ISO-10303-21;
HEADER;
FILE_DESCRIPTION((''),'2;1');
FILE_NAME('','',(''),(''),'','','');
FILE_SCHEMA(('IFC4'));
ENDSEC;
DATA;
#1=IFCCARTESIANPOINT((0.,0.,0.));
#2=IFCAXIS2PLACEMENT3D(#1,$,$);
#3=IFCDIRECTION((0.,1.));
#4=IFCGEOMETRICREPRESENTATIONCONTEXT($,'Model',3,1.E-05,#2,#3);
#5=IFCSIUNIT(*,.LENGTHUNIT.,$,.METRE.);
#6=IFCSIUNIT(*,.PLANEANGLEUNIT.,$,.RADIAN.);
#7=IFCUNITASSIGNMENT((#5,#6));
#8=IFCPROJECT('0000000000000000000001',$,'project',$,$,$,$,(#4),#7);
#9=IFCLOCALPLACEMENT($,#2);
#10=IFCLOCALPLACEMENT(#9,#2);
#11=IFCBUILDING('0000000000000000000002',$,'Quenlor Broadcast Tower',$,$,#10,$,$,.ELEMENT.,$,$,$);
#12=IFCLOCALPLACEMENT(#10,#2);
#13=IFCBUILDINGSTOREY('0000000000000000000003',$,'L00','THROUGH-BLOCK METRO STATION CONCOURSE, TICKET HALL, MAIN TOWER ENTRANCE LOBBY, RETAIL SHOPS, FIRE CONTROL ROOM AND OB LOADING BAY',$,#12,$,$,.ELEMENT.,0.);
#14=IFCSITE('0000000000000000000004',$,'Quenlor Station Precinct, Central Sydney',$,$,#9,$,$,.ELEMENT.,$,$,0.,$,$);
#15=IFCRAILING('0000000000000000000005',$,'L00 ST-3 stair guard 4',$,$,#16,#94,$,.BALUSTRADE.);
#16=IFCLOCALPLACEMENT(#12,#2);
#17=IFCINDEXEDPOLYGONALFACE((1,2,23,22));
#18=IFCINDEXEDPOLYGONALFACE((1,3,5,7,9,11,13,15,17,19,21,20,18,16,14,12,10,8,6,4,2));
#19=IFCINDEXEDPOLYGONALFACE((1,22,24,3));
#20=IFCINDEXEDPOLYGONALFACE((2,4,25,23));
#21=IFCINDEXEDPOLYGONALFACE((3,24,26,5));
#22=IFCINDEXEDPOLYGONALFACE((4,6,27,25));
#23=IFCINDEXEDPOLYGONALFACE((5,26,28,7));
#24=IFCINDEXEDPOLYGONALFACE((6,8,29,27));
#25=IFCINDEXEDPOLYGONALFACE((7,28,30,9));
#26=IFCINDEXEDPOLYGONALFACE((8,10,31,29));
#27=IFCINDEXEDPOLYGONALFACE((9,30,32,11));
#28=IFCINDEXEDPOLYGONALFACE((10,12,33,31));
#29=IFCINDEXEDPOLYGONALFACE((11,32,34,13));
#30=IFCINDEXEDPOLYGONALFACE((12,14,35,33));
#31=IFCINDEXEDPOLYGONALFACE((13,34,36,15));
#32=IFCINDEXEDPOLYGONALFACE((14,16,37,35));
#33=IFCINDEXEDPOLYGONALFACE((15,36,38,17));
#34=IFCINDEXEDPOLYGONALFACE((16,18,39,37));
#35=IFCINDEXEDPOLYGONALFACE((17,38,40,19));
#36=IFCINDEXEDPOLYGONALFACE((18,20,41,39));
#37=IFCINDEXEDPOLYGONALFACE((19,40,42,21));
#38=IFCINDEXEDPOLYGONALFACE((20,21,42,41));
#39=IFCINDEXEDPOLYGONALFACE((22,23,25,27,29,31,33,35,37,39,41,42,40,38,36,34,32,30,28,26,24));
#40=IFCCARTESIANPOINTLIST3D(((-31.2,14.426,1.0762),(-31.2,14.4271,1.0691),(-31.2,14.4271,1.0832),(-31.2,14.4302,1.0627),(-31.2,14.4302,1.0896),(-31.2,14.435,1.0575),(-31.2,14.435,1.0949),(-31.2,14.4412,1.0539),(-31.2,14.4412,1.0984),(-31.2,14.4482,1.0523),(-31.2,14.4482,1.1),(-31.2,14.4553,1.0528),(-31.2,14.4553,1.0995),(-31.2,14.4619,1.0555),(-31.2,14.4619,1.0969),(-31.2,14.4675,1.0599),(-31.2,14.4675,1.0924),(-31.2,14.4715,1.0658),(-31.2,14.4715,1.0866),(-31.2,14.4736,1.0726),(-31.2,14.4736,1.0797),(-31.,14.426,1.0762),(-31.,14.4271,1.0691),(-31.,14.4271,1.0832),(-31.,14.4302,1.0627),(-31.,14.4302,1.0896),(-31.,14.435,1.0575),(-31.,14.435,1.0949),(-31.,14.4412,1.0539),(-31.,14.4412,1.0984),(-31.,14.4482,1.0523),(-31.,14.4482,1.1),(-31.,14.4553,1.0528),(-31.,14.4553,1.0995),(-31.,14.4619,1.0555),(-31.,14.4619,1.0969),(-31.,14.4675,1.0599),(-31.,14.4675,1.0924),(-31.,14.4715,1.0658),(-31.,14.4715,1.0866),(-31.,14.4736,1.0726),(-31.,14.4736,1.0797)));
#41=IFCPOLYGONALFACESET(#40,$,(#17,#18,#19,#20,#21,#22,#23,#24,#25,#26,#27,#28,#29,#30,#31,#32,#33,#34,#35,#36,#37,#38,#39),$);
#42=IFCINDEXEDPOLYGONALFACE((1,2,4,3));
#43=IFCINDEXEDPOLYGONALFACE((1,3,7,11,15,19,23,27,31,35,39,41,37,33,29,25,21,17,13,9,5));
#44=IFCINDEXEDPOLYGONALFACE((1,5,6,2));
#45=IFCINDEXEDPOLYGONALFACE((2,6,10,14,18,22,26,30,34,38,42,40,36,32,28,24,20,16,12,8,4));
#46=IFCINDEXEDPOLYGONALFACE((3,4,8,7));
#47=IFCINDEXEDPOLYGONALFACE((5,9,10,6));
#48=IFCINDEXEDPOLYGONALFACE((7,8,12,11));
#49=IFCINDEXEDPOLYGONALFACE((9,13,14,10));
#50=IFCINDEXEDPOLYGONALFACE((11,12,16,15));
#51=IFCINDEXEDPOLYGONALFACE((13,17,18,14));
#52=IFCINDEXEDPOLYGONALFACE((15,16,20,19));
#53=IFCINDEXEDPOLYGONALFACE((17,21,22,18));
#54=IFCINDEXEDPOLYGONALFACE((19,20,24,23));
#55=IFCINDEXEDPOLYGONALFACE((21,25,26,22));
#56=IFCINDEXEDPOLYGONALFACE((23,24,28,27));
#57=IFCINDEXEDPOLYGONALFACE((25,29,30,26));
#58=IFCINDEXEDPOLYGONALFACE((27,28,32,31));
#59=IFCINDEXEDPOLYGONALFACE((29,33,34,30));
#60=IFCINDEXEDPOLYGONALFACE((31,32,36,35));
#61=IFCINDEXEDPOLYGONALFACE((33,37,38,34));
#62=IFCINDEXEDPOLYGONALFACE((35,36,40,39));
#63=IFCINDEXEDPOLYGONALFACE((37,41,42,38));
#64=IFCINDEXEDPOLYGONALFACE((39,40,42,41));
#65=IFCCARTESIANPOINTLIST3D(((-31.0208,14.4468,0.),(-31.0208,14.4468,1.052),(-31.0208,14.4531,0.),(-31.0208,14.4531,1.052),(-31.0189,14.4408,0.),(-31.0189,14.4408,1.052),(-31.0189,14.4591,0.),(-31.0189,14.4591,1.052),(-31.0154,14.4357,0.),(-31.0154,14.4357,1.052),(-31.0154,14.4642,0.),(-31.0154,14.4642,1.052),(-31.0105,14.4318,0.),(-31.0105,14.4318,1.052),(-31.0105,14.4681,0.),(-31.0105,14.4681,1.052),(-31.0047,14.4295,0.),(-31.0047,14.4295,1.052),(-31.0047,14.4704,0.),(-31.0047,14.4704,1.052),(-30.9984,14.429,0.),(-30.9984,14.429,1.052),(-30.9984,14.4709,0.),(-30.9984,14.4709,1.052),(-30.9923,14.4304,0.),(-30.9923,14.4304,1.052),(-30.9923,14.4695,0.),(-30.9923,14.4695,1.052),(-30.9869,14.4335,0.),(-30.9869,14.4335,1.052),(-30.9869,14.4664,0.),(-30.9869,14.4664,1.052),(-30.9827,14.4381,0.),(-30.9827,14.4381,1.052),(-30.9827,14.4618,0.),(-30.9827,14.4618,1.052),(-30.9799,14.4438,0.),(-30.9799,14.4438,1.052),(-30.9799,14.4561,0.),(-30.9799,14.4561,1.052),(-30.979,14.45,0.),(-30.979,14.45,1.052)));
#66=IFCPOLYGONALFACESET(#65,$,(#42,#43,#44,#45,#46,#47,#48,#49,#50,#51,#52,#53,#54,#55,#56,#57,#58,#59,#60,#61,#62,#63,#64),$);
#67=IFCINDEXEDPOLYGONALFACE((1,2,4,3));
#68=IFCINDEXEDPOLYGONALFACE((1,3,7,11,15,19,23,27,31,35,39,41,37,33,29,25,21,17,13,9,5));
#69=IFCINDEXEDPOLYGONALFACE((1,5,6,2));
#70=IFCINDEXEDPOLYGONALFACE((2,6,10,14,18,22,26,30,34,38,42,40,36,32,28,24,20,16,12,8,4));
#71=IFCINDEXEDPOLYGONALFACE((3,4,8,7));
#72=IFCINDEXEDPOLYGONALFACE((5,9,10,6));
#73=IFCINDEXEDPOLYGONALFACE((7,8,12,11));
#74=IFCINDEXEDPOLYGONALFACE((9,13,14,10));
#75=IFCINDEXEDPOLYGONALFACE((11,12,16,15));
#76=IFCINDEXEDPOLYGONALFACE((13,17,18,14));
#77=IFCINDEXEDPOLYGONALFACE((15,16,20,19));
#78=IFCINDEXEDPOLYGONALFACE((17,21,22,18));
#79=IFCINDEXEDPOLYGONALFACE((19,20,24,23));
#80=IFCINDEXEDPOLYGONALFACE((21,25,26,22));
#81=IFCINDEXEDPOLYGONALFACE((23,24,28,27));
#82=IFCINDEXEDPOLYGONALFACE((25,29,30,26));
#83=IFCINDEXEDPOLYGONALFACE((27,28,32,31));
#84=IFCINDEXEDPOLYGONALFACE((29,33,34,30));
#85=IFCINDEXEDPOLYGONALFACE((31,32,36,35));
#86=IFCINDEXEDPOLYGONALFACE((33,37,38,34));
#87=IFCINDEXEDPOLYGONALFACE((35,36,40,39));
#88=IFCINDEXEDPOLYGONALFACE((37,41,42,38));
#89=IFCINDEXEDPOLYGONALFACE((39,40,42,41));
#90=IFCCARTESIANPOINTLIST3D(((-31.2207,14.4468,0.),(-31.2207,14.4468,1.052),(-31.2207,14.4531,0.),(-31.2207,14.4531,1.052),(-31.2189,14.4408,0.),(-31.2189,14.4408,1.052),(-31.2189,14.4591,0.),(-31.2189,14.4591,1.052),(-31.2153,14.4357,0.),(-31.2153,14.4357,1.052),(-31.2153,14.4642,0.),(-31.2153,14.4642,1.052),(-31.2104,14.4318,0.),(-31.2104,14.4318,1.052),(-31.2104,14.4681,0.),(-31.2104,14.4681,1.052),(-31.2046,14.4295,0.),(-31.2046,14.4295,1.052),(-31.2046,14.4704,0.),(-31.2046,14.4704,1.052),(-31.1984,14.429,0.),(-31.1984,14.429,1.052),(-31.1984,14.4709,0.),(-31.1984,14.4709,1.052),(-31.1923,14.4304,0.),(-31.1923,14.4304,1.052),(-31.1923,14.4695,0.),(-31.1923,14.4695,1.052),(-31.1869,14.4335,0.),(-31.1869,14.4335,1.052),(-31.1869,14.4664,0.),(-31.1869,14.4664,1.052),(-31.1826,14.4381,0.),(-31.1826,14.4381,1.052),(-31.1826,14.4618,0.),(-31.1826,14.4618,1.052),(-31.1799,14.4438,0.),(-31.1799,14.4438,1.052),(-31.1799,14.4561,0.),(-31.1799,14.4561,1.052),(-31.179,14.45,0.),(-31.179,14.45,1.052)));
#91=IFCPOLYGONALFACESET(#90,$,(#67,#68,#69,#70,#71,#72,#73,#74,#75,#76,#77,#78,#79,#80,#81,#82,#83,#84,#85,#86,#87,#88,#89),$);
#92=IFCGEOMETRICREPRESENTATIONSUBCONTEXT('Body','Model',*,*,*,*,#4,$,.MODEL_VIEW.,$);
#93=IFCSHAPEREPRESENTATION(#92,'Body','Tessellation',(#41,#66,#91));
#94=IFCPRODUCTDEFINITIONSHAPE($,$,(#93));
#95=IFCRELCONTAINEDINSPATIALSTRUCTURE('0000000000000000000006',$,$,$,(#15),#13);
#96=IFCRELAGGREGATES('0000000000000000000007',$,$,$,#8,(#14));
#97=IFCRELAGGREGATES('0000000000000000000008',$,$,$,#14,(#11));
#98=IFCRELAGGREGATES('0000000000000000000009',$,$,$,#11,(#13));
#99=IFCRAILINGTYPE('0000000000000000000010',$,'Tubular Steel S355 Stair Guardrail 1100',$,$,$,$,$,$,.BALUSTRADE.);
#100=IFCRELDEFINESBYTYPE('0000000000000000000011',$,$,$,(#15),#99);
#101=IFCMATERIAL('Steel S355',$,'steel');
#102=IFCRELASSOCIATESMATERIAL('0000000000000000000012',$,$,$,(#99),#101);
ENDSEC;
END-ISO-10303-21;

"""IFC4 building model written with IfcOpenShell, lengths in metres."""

from ifc_helpers import new_model, si_unit, direction, frame, origin, origin_2d, place, context, subcontext, project, spatial, circle, extrude, material, type_object, element, save


model = new_model("IFC4")

# Units and contexts
model_context = context("Model", 3, precision=1e-05, world=origin(), true_north=direction((0.0, 1.0)))
body_context = subcontext(model_context, "Body", "Model", "MODEL_VIEW")
ifc_project = project(units=[si_unit("LENGTHUNIT", "METRE"), si_unit("PLANEANGLEUNIT", "RADIAN")], contexts=[model_context])

# Site, building, storey
site_placement = place(None, origin())
site = spatial("IfcSite", under=ifc_project, at=site_placement, Name="Quenlor Station Precinct, Central Sydney", CompositionType="ELEMENT", RefElevation=0.0)
building_placement = place(site_placement, origin())
building = spatial("IfcBuilding", under=site, at=building_placement, Name="Quenlor Broadcast Tower", CompositionType="ELEMENT")
storey_placement = place(building_placement, origin())
storey = spatial("IfcBuildingStorey", under=building, at=storey_placement, Name="L00", Description="THROUGH-BLOCK METRO STATION CONCOURSE, TICKET HALL, MAIN TOWER ENTRANCE LOBBY, RETAIL SHOPS, FIRE CONTROL ROOM AND OB LOADING BAY", CompositionType="ELEMENT", Elevation=0.0)

# Railing
ifc_material_1 = material(Name="Steel S355", Category="steel")
railing_type_1 = type_object("IfcRailingType", Name="Tubular Steel S355 Stair Guardrail 1100", PredefinedType="BALUSTRADE", material=ifc_material_1)
railing_1_placement = place(storey_placement, frame((-31.0, 14.45, 0.0)))
element("IfcRailing", 1, at=railing_1_placement, inside=storey, type_object=railing_type_1, Name="L00 ST-3 stair guard 4", PredefinedType="BALUSTRADE", context=body_context, shape_type="SweptSolid", body=[
    extrude(circle(Radius=0.0239, at=origin_2d()), frame((0.0, 0.0, 1.0762), z_axis=(-1.0, 0.0, 0.0), x_axis=(0.0, -1.0, 0.0)), (0.0, 0.0, 1.0), 0.2),
    extrude(circle(Radius=0.021, at=origin_2d()), origin(), (0.0, 0.0, 1.0), 1.052),
    extrude(circle(Radius=0.021, at=origin_2d()), frame((-0.2, 0.0, 0.0)), (0.0, 0.0, 1.0), 1.052),
])

save(model, "model.ifc")
